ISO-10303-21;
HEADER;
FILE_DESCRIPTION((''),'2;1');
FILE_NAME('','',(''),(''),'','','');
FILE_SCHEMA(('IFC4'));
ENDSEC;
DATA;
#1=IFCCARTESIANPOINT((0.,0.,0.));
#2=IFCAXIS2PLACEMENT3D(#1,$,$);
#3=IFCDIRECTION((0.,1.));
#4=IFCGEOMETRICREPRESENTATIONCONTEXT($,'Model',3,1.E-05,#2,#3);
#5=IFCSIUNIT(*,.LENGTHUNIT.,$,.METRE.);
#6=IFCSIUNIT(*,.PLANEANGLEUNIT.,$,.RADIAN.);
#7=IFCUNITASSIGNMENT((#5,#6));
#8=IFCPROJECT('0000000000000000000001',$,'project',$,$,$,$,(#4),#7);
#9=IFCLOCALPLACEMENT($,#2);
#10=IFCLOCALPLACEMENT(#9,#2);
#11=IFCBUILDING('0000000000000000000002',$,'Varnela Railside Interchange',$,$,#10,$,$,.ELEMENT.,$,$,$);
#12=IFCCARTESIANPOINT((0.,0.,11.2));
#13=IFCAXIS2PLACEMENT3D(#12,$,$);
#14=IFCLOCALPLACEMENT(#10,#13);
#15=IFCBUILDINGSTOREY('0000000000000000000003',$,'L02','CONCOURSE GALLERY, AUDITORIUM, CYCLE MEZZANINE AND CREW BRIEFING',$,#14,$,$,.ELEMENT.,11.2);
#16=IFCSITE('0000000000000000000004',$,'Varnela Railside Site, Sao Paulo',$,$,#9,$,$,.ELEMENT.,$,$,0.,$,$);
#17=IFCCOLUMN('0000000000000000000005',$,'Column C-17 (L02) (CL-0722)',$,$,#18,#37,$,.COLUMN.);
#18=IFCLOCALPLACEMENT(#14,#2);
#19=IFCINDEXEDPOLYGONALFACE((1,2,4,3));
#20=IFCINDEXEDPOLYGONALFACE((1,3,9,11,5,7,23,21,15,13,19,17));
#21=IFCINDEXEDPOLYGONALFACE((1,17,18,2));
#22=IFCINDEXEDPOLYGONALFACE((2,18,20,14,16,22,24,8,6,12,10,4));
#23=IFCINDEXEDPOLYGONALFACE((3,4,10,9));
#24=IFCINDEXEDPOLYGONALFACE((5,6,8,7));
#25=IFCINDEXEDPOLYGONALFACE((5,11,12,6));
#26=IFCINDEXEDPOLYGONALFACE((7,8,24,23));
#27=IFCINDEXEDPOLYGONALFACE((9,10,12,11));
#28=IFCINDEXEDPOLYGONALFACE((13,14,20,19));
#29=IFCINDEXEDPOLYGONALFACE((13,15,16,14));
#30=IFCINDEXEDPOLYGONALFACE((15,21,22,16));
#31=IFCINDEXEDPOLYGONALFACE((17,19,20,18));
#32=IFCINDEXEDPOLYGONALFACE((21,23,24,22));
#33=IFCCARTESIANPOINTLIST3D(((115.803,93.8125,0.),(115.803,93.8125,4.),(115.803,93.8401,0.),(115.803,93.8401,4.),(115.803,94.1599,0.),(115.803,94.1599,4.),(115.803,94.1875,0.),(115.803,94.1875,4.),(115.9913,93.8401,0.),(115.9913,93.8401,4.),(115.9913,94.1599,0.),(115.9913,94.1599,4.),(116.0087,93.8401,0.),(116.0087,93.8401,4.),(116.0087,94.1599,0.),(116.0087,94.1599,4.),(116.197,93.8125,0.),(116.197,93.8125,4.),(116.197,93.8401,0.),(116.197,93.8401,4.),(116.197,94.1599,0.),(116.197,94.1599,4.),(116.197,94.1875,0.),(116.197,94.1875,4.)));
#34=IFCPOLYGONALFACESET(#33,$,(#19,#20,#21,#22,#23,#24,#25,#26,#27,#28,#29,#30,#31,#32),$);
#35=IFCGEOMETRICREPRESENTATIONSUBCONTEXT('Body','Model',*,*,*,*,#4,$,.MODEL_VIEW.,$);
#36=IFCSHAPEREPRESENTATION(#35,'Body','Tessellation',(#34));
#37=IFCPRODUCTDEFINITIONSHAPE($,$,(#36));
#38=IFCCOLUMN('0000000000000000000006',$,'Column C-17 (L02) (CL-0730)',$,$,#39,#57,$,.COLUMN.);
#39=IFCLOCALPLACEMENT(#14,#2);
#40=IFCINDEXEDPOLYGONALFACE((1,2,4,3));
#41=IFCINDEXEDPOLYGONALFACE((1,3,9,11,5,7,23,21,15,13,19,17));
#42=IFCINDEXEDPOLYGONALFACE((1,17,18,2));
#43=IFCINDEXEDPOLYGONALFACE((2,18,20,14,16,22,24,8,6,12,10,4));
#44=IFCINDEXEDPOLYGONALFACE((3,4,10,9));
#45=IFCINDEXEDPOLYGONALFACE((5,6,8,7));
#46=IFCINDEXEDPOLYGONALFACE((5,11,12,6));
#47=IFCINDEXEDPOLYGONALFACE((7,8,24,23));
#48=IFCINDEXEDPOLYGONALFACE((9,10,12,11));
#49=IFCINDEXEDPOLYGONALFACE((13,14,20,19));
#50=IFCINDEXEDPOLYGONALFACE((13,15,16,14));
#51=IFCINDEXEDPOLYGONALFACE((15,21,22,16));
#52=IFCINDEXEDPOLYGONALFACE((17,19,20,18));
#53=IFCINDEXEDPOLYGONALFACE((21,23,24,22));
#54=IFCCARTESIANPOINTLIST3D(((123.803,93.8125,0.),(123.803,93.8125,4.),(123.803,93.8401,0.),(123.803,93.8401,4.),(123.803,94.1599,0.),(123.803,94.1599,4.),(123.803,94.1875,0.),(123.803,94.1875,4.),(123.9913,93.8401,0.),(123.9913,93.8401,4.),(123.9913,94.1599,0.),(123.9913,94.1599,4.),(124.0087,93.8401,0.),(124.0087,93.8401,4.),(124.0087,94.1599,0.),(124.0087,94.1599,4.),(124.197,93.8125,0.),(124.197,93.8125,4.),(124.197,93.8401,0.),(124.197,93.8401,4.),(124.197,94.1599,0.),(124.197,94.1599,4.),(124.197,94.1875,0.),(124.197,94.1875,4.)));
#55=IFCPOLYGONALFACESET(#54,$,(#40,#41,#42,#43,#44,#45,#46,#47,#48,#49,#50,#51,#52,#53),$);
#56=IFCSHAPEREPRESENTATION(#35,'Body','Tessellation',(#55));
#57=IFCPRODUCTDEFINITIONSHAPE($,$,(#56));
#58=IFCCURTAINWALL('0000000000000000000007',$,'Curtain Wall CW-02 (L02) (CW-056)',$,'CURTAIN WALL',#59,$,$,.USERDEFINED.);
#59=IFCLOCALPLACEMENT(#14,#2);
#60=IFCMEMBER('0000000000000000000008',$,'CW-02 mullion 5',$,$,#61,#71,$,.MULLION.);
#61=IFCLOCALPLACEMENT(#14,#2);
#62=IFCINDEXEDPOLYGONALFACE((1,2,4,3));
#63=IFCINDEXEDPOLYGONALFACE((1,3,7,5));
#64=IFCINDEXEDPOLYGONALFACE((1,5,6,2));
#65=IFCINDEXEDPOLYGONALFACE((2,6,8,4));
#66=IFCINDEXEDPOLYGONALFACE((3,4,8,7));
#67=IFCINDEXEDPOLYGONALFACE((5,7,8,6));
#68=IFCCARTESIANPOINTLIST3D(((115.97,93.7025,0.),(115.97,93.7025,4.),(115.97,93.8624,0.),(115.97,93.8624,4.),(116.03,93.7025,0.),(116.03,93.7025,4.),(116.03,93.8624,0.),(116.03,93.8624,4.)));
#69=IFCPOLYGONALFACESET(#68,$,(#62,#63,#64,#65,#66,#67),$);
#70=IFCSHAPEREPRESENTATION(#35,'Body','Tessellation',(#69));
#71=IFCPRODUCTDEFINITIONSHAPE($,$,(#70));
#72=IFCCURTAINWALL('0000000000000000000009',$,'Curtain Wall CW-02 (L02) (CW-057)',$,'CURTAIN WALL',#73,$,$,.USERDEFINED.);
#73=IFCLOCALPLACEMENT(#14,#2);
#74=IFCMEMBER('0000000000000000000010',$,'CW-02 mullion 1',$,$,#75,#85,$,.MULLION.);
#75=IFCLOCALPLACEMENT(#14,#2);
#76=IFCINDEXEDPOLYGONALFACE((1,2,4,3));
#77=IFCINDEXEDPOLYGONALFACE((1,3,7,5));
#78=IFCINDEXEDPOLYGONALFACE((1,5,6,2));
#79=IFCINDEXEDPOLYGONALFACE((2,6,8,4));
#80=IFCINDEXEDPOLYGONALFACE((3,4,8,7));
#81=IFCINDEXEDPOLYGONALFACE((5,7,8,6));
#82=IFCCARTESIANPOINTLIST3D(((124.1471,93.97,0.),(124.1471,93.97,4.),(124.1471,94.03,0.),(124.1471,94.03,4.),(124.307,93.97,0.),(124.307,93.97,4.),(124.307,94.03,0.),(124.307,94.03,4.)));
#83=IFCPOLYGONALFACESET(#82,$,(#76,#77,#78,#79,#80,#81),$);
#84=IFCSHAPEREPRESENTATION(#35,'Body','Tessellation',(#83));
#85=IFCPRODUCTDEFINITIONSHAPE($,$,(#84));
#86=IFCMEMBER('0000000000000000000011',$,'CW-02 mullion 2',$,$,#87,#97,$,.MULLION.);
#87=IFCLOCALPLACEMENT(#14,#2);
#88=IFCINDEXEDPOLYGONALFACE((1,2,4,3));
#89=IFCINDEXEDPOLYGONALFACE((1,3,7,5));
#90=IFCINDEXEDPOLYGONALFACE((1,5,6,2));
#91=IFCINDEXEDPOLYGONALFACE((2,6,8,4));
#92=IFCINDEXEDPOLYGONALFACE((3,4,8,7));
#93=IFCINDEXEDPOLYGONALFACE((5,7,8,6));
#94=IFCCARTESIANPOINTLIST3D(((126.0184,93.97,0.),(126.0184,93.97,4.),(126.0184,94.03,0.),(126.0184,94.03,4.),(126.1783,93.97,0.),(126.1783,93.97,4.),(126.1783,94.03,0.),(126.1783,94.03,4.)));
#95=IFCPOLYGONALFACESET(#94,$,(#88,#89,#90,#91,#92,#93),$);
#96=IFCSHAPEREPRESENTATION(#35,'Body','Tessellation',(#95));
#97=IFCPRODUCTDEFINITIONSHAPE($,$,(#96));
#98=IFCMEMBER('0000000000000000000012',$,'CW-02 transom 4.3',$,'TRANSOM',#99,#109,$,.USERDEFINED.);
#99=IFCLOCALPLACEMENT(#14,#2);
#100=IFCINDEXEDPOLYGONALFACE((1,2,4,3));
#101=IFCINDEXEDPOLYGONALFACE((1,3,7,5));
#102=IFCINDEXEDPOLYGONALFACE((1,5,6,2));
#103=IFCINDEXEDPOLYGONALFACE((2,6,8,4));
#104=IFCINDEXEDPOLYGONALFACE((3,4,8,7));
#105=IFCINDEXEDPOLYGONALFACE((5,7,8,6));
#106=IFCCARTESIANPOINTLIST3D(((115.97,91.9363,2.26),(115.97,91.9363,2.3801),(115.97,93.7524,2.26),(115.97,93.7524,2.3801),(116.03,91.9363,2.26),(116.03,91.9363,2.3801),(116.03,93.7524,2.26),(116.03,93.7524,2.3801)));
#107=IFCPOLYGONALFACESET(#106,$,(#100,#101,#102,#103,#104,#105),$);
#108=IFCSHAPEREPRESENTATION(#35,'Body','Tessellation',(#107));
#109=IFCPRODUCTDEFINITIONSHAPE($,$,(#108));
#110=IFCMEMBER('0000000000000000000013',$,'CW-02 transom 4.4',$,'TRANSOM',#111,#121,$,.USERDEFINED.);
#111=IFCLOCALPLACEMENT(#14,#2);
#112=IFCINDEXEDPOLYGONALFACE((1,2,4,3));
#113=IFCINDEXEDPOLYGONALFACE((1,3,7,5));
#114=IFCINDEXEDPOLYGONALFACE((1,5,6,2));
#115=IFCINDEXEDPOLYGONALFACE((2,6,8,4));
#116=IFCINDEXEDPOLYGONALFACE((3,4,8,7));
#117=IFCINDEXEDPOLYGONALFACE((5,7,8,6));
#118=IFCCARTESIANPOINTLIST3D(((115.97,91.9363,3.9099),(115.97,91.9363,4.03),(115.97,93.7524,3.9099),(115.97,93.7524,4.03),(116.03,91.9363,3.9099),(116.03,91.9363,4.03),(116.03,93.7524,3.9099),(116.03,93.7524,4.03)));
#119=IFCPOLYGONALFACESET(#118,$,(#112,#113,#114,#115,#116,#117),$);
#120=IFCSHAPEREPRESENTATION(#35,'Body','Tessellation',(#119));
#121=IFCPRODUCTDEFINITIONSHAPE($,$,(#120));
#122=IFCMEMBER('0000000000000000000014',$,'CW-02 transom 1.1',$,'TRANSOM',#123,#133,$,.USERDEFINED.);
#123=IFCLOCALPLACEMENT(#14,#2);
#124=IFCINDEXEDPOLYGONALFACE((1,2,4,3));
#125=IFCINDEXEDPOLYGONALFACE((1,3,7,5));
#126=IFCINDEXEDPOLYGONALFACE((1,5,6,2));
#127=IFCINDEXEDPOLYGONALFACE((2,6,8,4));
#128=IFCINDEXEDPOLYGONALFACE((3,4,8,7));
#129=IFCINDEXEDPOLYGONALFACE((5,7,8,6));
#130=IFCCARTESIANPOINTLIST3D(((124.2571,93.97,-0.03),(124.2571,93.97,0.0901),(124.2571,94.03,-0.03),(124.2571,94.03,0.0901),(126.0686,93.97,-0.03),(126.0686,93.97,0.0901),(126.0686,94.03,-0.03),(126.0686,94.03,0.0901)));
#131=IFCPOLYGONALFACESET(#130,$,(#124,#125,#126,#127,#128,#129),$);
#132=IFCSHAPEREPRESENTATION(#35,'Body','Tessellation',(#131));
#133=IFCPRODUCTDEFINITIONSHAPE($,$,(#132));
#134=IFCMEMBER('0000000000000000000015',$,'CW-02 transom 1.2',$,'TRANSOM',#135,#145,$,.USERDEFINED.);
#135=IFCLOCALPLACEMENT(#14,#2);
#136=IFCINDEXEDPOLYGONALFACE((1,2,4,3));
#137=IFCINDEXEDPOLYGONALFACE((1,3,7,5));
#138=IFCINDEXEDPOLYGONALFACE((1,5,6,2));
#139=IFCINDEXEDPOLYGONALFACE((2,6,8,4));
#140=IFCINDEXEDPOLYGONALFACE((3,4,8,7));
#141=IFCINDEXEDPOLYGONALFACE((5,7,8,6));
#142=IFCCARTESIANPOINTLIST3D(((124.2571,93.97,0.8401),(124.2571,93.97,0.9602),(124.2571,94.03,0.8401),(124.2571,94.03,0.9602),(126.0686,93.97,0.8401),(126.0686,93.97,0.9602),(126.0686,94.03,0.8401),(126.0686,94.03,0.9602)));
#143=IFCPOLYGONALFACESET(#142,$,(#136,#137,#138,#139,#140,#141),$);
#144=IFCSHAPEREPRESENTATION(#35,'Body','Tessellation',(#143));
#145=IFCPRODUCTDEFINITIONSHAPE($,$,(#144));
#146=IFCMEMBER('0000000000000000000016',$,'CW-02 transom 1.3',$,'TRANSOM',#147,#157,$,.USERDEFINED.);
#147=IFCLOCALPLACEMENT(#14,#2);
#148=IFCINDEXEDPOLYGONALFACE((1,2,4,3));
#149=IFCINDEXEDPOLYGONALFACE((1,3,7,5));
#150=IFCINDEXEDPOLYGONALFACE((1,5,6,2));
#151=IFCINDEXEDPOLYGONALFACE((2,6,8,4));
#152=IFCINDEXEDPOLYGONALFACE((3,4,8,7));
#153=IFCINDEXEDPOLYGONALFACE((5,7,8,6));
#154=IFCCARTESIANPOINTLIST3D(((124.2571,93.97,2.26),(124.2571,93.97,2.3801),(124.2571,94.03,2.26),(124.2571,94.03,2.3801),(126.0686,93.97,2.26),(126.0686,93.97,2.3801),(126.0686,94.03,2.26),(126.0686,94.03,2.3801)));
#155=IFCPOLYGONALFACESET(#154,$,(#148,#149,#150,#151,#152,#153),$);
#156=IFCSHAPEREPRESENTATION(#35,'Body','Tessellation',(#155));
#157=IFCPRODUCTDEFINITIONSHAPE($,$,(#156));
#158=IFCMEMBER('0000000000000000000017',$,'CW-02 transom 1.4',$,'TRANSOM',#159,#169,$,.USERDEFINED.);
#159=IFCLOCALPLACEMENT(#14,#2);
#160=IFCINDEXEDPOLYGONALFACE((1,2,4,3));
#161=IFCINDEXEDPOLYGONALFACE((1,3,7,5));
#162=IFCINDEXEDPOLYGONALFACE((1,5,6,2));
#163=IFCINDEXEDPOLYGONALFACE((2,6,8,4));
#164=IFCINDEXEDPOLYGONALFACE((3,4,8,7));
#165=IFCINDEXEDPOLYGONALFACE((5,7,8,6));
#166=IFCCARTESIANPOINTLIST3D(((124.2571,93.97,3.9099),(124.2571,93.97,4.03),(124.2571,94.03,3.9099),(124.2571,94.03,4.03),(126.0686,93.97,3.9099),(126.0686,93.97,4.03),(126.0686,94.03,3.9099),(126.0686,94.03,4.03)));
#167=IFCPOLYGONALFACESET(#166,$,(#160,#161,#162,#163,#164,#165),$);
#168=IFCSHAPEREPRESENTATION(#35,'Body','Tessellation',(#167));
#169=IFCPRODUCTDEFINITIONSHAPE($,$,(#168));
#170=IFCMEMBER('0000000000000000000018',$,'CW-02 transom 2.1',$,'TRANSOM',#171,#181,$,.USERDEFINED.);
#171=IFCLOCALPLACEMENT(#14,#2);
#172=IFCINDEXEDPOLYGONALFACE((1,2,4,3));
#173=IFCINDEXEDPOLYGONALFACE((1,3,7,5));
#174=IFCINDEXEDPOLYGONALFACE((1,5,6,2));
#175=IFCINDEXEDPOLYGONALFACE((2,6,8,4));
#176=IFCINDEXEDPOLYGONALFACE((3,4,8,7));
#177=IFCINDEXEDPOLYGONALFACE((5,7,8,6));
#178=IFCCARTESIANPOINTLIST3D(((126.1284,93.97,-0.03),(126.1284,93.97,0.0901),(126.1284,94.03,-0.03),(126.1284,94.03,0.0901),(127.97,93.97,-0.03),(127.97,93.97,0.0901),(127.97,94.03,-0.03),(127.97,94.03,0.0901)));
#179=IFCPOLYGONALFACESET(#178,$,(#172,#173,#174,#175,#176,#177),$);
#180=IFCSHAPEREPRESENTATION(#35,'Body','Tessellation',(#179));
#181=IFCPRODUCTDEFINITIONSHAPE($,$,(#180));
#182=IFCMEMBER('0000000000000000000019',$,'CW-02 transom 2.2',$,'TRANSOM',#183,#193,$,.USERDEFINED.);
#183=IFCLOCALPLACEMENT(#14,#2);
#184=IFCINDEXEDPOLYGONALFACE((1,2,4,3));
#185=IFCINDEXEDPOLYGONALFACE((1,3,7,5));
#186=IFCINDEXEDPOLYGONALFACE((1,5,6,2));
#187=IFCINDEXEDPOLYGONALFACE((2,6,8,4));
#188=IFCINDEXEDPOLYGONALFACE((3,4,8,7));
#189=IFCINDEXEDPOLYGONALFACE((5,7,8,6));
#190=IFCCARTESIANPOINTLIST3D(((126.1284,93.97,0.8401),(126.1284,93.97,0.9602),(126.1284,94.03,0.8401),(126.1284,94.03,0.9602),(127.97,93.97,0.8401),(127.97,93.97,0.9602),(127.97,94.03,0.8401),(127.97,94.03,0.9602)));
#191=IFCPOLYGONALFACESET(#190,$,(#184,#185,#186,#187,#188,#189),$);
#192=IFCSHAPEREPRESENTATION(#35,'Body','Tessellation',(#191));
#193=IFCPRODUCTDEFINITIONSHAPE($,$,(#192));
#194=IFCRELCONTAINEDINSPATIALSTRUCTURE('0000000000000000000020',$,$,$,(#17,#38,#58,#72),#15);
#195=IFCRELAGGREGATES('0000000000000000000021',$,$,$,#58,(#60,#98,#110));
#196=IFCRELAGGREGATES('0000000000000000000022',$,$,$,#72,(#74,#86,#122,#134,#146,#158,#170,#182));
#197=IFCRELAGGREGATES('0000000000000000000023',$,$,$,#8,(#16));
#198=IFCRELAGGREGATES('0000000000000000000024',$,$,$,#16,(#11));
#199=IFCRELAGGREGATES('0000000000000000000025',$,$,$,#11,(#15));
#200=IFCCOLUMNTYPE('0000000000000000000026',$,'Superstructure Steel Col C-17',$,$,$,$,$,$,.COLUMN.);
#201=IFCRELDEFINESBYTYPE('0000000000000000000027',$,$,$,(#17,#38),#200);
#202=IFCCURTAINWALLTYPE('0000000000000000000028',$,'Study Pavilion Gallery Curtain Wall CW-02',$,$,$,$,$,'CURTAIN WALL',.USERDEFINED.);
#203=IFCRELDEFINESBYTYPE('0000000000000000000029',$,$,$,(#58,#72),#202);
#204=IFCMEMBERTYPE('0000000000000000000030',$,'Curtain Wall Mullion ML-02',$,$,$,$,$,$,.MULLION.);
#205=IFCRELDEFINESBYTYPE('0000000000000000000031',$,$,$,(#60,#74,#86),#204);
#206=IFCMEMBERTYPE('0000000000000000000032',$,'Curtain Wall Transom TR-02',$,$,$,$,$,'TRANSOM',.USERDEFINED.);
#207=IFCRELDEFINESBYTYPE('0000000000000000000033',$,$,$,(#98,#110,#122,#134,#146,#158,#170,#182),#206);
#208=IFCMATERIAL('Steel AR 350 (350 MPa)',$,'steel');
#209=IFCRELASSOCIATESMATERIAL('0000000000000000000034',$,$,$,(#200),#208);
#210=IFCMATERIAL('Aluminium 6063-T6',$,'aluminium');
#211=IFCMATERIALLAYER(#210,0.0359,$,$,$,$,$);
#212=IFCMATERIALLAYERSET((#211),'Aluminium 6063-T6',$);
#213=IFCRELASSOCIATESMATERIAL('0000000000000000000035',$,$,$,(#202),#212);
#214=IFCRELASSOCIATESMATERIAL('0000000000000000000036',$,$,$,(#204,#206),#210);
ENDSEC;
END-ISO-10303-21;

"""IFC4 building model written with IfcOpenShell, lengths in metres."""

from ifc_helpers import new_model, si_unit, direction, frame, origin, origin_2d, place, context, subcontext, project, spatial, rectangle, i_section, extrude, material, layer, layer_set, material_profile, profile_set, type_object, element, aggregate, save


model = new_model("IFC4")

# Units and contexts
model_context = context("Model", 3, precision=1e-05, world=origin(), true_north=direction((0.0, 1.0)))
body_context = subcontext(model_context, "Body", "Model", "MODEL_VIEW")
ifc_project = project(units=[si_unit("LENGTHUNIT", "METRE"), si_unit("PLANEANGLEUNIT", "RADIAN")], contexts=[model_context])

# Site, building, storey
site_placement = place(None, origin())
site = spatial("IfcSite", under=ifc_project, at=site_placement, Name="Varnela Railside Site, Sao Paulo", CompositionType="ELEMENT", RefElevation=0.0)
building_placement = place(site_placement, origin())
building = spatial("IfcBuilding", under=site, at=building_placement, Name="Varnela Railside Interchange", CompositionType="ELEMENT")
storey_placement = place(building_placement, frame((0.0, 0.0, 11.2)))
storey = spatial("IfcBuildingStorey", under=building, at=storey_placement, Name="L02", Description="CONCOURSE GALLERY, AUDITORIUM, CYCLE MEZZANINE AND CREW BRIEFING", CompositionType="ELEMENT", Elevation=11.2)

# Columns
ifc_material_1 = material(Name="Steel AR 350 (350 MPa)", Category="steel")
ifc_material_profile_1 = material_profile(ifc_material_1, i_section(OverallWidth=0.394, OverallDepth=0.375, WebThickness=0.0173, FlangeThickness=0.0276, at=origin_2d()), Name="W360x216")
ifc_profile_set_1 = profile_set([ifc_material_profile_1], Name="Steel AR 350 (350 MPa)")
column_type = type_object("IfcColumnType", Name="Superstructure Steel Col C-17", PredefinedType="COLUMN", material=ifc_profile_set_1)
for number, where, z_axis, x_axis, name in (
    (1, (116.0, 94.0, 0.0), (0.0, 0.0, 1.0), (1.0, 0.0, 0.0), "Column C-17 (L02) (CL-0722)"),
    (2, (124.0, 94.0, 0.0), (0.0, 0.0, 1.0), (1.0, 0.0, 0.0), "Column C-17 (L02) (CL-0730)"),
):
    element("IfcColumn", number, at=place(storey_placement, frame(where, z_axis=z_axis, x_axis=x_axis)), inside=storey, type_object=column_type, Name=name, PredefinedType="COLUMN", context=body_context, shape_type="SweptSolid", body=[
        extrude(i_section(OverallWidth=0.394, OverallDepth=0.375, WebThickness=0.0173, FlangeThickness=0.0276, at=origin_2d()), origin(), (0.0, 0.0, 1.0), 4.0),
    ])

# Curtain wall, member
ifc_material_2 = material(Name="Aluminium 6063-T6", Category="aluminium")
ifc_layer_1 = layer(ifc_material_2, 0.0359)
ifc_layer_set_1 = layer_set([ifc_layer_1], Name="Aluminium 6063-T6")
curtain_wall_type = type_object("IfcCurtainWallType", Name="Study Pavilion Gallery Curtain Wall CW-02", ElementType="CURTAIN WALL", PredefinedType="USERDEFINED", material=ifc_layer_set_1)
curtain_wall_1_placement = place(storey_placement, origin())
curtain_wall_1 = element("IfcCurtainWall", 3, at=curtain_wall_1_placement, inside=storey, type_object=curtain_wall_type, Name="Curtain Wall CW-02 (L02) (CW-056)", ObjectType="CURTAIN WALL", PredefinedType="USERDEFINED")
ifc_material_profile_2 = material_profile(ifc_material_2, rectangle(XDim=0.0601, YDim=0.1599, at=origin_2d()), Name="ALU 60x160")
ifc_profile_set_2 = profile_set([ifc_material_profile_2], Name="Aluminium 6063-T6")
member_type_1 = type_object("IfcMemberType", Name="Curtain Wall Mullion ML-02", PredefinedType="MULLION", material=ifc_profile_set_2)
member_1_placement = place(storey_placement, frame((116.0, 93.7825, 0.0), z_axis=(0.0, 0.0, 1.0), x_axis=(-1.0, 0.0, 0.0)))
member_1 = element("IfcMember", 4, at=member_1_placement, type_object=member_type_1, Name="CW-02 mullion 5", PredefinedType="MULLION", context=body_context, shape_type="SweptSolid", body=[
    extrude(rectangle(XDim=0.0601, YDim=0.1599, at=origin_2d()), origin(), (0.0, 0.0, 1.0), 4.0),
])

# Curtain wall, members
curtain_wall_2_placement = place(storey_placement, origin())
curtain_wall_2 = element("IfcCurtainWall", 5, at=curtain_wall_2_placement, inside=storey, type_object=curtain_wall_type, Name="Curtain Wall CW-02 (L02) (CW-057)", ObjectType="CURTAIN WALL", PredefinedType="USERDEFINED")
member_2_placement = place(storey_placement, frame((124.2271, 94.0, 0.0), z_axis=(0.0, 0.0, 1.0), x_axis=(0.0, 1.0, 0.0)))
member_2 = element("IfcMember", 6, at=member_2_placement, type_object=member_type_1, Name="CW-02 mullion 1", PredefinedType="MULLION", context=body_context, shape_type="SweptSolid", body=[
    extrude(rectangle(XDim=0.0601, YDim=0.1599, at=origin_2d()), origin(), (0.0, 0.0, 1.0), 4.0),
])
member_3_placement = place(storey_placement, frame((126.0984, 94.0, 0.0), z_axis=(0.0, 0.0, 1.0), x_axis=(0.0, 1.0, 0.0)))
member_3 = element("IfcMember", 7, at=member_3_placement, type_object=member_type_1, Name="CW-02 mullion 2", PredefinedType="MULLION", context=body_context, shape_type="SweptSolid", body=[
    extrude(rectangle(XDim=0.0601, YDim=0.1599, at=origin_2d()), origin(), (0.0, 0.0, 1.0), 4.0),
])

# Members
ifc_material_profile_3 = material_profile(ifc_material_2, rectangle(XDim=0.0601, YDim=0.1201, at=origin_2d()), Name="ALU 60x120")
ifc_profile_set_3 = profile_set([ifc_material_profile_3], Name="Aluminium 6063-T6")
member_type_2 = type_object("IfcMemberType", Name="Curtain Wall Transom TR-02", ElementType="TRANSOM", PredefinedType="USERDEFINED", material=ifc_profile_set_3)
member_4_placement = place(storey_placement, frame((116.0, 91.9363, 2.3201), z_axis=(0.0, 1.0, 0.0), x_axis=(-1.0, 0.0, 0.0)))
member_4 = element("IfcMember", 8, at=member_4_placement, type_object=member_type_2, Name="CW-02 transom 4.3", ObjectType="TRANSOM", PredefinedType="USERDEFINED", context=body_context, shape_type="SweptSolid", body=[
    extrude(rectangle(XDim=0.0601, YDim=0.1201, at=origin_2d()), origin(), (0.0, 0.0, 1.0), 1.8162),
])
member_5_placement = place(storey_placement, frame((116.0, 91.9363, 3.97), z_axis=(0.0, 1.0, 0.0), x_axis=(-1.0, 0.0, 0.0)))
member_5 = element("IfcMember", 9, at=member_5_placement, type_object=member_type_2, Name="CW-02 transom 4.4", ObjectType="TRANSOM", PredefinedType="USERDEFINED", context=body_context, shape_type="SweptSolid", body=[
    extrude(rectangle(XDim=0.0601, YDim=0.1201, at=origin_2d()), origin(), (0.0, 0.0, 1.0), 1.8162),
])
member_6_placement = place(storey_placement, frame((124.2571, 94.0, 0.03), z_axis=(1.0, 0.0, 0.0), x_axis=(0.0, 1.0, 0.0)))
member_6 = element("IfcMember", 10, at=member_6_placement, type_object=member_type_2, Name="CW-02 transom 1.1", ObjectType="TRANSOM", PredefinedType="USERDEFINED", context=body_context, shape_type="SweptSolid", body=[
    extrude(rectangle(XDim=0.0601, YDim=0.1201, at=origin_2d()), origin(), (0.0, 0.0, 1.0), 1.8115),
])
member_7_placement = place(storey_placement, frame((124.2571, 94.0, 0.9001), z_axis=(1.0, 0.0, 0.0), x_axis=(0.0, 1.0, 0.0)))
member_7 = element("IfcMember", 11, at=member_7_placement, type_object=member_type_2, Name="CW-02 transom 1.2", ObjectType="TRANSOM", PredefinedType="USERDEFINED", context=body_context, shape_type="SweptSolid", body=[
    extrude(rectangle(XDim=0.0601, YDim=0.1201, at=origin_2d()), origin(), (0.0, 0.0, 1.0), 1.8115),
])
member_8_placement = place(storey_placement, frame((124.2571, 94.0, 2.3201), z_axis=(1.0, 0.0, 0.0), x_axis=(0.0, 1.0, 0.0)))
member_8 = element("IfcMember", 12, at=member_8_placement, type_object=member_type_2, Name="CW-02 transom 1.3", ObjectType="TRANSOM", PredefinedType="USERDEFINED", context=body_context, shape_type="SweptSolid", body=[
    extrude(rectangle(XDim=0.0601, YDim=0.1201, at=origin_2d()), origin(), (0.0, 0.0, 1.0), 1.8115),
])
member_9_placement = place(storey_placement, frame((124.2571, 94.0, 3.97), z_axis=(1.0, 0.0, 0.0), x_axis=(0.0, 1.0, 0.0)))
member_9 = element("IfcMember", 13, at=member_9_placement, type_object=member_type_2, Name="CW-02 transom 1.4", ObjectType="TRANSOM", PredefinedType="USERDEFINED", context=body_context, shape_type="SweptSolid", body=[
    extrude(rectangle(XDim=0.0601, YDim=0.1201, at=origin_2d()), origin(), (0.0, 0.0, 1.0), 1.8115),
])
member_10_placement = place(storey_placement, frame((126.1284, 94.0, 0.03), z_axis=(1.0, 0.0, 0.0), x_axis=(0.0, 1.0, 0.0)))
member_10 = element("IfcMember", 14, at=member_10_placement, type_object=member_type_2, Name="CW-02 transom 2.1", ObjectType="TRANSOM", PredefinedType="USERDEFINED", context=body_context, shape_type="SweptSolid", body=[
    extrude(rectangle(XDim=0.0601, YDim=0.1201, at=origin_2d()), origin(), (0.0, 0.0, 1.0), 1.8416),
])
member_11_placement = place(storey_placement, frame((126.1284, 94.0, 0.9001), z_axis=(1.0, 0.0, 0.0), x_axis=(0.0, 1.0, 0.0)))
member_11 = element("IfcMember", 15, at=member_11_placement, type_object=member_type_2, Name="CW-02 transom 2.2", ObjectType="TRANSOM", PredefinedType="USERDEFINED", context=body_context, shape_type="SweptSolid", body=[
    extrude(rectangle(XDim=0.0601, YDim=0.1201, at=origin_2d()), origin(), (0.0, 0.0, 1.0), 1.8416),
])

aggregate(curtain_wall_1, [member_1, member_4, member_5])
aggregate(curtain_wall_2, [member_2, member_3, member_6, member_7, member_8, member_9, member_10, member_11])

save(model, "model.ifc")
